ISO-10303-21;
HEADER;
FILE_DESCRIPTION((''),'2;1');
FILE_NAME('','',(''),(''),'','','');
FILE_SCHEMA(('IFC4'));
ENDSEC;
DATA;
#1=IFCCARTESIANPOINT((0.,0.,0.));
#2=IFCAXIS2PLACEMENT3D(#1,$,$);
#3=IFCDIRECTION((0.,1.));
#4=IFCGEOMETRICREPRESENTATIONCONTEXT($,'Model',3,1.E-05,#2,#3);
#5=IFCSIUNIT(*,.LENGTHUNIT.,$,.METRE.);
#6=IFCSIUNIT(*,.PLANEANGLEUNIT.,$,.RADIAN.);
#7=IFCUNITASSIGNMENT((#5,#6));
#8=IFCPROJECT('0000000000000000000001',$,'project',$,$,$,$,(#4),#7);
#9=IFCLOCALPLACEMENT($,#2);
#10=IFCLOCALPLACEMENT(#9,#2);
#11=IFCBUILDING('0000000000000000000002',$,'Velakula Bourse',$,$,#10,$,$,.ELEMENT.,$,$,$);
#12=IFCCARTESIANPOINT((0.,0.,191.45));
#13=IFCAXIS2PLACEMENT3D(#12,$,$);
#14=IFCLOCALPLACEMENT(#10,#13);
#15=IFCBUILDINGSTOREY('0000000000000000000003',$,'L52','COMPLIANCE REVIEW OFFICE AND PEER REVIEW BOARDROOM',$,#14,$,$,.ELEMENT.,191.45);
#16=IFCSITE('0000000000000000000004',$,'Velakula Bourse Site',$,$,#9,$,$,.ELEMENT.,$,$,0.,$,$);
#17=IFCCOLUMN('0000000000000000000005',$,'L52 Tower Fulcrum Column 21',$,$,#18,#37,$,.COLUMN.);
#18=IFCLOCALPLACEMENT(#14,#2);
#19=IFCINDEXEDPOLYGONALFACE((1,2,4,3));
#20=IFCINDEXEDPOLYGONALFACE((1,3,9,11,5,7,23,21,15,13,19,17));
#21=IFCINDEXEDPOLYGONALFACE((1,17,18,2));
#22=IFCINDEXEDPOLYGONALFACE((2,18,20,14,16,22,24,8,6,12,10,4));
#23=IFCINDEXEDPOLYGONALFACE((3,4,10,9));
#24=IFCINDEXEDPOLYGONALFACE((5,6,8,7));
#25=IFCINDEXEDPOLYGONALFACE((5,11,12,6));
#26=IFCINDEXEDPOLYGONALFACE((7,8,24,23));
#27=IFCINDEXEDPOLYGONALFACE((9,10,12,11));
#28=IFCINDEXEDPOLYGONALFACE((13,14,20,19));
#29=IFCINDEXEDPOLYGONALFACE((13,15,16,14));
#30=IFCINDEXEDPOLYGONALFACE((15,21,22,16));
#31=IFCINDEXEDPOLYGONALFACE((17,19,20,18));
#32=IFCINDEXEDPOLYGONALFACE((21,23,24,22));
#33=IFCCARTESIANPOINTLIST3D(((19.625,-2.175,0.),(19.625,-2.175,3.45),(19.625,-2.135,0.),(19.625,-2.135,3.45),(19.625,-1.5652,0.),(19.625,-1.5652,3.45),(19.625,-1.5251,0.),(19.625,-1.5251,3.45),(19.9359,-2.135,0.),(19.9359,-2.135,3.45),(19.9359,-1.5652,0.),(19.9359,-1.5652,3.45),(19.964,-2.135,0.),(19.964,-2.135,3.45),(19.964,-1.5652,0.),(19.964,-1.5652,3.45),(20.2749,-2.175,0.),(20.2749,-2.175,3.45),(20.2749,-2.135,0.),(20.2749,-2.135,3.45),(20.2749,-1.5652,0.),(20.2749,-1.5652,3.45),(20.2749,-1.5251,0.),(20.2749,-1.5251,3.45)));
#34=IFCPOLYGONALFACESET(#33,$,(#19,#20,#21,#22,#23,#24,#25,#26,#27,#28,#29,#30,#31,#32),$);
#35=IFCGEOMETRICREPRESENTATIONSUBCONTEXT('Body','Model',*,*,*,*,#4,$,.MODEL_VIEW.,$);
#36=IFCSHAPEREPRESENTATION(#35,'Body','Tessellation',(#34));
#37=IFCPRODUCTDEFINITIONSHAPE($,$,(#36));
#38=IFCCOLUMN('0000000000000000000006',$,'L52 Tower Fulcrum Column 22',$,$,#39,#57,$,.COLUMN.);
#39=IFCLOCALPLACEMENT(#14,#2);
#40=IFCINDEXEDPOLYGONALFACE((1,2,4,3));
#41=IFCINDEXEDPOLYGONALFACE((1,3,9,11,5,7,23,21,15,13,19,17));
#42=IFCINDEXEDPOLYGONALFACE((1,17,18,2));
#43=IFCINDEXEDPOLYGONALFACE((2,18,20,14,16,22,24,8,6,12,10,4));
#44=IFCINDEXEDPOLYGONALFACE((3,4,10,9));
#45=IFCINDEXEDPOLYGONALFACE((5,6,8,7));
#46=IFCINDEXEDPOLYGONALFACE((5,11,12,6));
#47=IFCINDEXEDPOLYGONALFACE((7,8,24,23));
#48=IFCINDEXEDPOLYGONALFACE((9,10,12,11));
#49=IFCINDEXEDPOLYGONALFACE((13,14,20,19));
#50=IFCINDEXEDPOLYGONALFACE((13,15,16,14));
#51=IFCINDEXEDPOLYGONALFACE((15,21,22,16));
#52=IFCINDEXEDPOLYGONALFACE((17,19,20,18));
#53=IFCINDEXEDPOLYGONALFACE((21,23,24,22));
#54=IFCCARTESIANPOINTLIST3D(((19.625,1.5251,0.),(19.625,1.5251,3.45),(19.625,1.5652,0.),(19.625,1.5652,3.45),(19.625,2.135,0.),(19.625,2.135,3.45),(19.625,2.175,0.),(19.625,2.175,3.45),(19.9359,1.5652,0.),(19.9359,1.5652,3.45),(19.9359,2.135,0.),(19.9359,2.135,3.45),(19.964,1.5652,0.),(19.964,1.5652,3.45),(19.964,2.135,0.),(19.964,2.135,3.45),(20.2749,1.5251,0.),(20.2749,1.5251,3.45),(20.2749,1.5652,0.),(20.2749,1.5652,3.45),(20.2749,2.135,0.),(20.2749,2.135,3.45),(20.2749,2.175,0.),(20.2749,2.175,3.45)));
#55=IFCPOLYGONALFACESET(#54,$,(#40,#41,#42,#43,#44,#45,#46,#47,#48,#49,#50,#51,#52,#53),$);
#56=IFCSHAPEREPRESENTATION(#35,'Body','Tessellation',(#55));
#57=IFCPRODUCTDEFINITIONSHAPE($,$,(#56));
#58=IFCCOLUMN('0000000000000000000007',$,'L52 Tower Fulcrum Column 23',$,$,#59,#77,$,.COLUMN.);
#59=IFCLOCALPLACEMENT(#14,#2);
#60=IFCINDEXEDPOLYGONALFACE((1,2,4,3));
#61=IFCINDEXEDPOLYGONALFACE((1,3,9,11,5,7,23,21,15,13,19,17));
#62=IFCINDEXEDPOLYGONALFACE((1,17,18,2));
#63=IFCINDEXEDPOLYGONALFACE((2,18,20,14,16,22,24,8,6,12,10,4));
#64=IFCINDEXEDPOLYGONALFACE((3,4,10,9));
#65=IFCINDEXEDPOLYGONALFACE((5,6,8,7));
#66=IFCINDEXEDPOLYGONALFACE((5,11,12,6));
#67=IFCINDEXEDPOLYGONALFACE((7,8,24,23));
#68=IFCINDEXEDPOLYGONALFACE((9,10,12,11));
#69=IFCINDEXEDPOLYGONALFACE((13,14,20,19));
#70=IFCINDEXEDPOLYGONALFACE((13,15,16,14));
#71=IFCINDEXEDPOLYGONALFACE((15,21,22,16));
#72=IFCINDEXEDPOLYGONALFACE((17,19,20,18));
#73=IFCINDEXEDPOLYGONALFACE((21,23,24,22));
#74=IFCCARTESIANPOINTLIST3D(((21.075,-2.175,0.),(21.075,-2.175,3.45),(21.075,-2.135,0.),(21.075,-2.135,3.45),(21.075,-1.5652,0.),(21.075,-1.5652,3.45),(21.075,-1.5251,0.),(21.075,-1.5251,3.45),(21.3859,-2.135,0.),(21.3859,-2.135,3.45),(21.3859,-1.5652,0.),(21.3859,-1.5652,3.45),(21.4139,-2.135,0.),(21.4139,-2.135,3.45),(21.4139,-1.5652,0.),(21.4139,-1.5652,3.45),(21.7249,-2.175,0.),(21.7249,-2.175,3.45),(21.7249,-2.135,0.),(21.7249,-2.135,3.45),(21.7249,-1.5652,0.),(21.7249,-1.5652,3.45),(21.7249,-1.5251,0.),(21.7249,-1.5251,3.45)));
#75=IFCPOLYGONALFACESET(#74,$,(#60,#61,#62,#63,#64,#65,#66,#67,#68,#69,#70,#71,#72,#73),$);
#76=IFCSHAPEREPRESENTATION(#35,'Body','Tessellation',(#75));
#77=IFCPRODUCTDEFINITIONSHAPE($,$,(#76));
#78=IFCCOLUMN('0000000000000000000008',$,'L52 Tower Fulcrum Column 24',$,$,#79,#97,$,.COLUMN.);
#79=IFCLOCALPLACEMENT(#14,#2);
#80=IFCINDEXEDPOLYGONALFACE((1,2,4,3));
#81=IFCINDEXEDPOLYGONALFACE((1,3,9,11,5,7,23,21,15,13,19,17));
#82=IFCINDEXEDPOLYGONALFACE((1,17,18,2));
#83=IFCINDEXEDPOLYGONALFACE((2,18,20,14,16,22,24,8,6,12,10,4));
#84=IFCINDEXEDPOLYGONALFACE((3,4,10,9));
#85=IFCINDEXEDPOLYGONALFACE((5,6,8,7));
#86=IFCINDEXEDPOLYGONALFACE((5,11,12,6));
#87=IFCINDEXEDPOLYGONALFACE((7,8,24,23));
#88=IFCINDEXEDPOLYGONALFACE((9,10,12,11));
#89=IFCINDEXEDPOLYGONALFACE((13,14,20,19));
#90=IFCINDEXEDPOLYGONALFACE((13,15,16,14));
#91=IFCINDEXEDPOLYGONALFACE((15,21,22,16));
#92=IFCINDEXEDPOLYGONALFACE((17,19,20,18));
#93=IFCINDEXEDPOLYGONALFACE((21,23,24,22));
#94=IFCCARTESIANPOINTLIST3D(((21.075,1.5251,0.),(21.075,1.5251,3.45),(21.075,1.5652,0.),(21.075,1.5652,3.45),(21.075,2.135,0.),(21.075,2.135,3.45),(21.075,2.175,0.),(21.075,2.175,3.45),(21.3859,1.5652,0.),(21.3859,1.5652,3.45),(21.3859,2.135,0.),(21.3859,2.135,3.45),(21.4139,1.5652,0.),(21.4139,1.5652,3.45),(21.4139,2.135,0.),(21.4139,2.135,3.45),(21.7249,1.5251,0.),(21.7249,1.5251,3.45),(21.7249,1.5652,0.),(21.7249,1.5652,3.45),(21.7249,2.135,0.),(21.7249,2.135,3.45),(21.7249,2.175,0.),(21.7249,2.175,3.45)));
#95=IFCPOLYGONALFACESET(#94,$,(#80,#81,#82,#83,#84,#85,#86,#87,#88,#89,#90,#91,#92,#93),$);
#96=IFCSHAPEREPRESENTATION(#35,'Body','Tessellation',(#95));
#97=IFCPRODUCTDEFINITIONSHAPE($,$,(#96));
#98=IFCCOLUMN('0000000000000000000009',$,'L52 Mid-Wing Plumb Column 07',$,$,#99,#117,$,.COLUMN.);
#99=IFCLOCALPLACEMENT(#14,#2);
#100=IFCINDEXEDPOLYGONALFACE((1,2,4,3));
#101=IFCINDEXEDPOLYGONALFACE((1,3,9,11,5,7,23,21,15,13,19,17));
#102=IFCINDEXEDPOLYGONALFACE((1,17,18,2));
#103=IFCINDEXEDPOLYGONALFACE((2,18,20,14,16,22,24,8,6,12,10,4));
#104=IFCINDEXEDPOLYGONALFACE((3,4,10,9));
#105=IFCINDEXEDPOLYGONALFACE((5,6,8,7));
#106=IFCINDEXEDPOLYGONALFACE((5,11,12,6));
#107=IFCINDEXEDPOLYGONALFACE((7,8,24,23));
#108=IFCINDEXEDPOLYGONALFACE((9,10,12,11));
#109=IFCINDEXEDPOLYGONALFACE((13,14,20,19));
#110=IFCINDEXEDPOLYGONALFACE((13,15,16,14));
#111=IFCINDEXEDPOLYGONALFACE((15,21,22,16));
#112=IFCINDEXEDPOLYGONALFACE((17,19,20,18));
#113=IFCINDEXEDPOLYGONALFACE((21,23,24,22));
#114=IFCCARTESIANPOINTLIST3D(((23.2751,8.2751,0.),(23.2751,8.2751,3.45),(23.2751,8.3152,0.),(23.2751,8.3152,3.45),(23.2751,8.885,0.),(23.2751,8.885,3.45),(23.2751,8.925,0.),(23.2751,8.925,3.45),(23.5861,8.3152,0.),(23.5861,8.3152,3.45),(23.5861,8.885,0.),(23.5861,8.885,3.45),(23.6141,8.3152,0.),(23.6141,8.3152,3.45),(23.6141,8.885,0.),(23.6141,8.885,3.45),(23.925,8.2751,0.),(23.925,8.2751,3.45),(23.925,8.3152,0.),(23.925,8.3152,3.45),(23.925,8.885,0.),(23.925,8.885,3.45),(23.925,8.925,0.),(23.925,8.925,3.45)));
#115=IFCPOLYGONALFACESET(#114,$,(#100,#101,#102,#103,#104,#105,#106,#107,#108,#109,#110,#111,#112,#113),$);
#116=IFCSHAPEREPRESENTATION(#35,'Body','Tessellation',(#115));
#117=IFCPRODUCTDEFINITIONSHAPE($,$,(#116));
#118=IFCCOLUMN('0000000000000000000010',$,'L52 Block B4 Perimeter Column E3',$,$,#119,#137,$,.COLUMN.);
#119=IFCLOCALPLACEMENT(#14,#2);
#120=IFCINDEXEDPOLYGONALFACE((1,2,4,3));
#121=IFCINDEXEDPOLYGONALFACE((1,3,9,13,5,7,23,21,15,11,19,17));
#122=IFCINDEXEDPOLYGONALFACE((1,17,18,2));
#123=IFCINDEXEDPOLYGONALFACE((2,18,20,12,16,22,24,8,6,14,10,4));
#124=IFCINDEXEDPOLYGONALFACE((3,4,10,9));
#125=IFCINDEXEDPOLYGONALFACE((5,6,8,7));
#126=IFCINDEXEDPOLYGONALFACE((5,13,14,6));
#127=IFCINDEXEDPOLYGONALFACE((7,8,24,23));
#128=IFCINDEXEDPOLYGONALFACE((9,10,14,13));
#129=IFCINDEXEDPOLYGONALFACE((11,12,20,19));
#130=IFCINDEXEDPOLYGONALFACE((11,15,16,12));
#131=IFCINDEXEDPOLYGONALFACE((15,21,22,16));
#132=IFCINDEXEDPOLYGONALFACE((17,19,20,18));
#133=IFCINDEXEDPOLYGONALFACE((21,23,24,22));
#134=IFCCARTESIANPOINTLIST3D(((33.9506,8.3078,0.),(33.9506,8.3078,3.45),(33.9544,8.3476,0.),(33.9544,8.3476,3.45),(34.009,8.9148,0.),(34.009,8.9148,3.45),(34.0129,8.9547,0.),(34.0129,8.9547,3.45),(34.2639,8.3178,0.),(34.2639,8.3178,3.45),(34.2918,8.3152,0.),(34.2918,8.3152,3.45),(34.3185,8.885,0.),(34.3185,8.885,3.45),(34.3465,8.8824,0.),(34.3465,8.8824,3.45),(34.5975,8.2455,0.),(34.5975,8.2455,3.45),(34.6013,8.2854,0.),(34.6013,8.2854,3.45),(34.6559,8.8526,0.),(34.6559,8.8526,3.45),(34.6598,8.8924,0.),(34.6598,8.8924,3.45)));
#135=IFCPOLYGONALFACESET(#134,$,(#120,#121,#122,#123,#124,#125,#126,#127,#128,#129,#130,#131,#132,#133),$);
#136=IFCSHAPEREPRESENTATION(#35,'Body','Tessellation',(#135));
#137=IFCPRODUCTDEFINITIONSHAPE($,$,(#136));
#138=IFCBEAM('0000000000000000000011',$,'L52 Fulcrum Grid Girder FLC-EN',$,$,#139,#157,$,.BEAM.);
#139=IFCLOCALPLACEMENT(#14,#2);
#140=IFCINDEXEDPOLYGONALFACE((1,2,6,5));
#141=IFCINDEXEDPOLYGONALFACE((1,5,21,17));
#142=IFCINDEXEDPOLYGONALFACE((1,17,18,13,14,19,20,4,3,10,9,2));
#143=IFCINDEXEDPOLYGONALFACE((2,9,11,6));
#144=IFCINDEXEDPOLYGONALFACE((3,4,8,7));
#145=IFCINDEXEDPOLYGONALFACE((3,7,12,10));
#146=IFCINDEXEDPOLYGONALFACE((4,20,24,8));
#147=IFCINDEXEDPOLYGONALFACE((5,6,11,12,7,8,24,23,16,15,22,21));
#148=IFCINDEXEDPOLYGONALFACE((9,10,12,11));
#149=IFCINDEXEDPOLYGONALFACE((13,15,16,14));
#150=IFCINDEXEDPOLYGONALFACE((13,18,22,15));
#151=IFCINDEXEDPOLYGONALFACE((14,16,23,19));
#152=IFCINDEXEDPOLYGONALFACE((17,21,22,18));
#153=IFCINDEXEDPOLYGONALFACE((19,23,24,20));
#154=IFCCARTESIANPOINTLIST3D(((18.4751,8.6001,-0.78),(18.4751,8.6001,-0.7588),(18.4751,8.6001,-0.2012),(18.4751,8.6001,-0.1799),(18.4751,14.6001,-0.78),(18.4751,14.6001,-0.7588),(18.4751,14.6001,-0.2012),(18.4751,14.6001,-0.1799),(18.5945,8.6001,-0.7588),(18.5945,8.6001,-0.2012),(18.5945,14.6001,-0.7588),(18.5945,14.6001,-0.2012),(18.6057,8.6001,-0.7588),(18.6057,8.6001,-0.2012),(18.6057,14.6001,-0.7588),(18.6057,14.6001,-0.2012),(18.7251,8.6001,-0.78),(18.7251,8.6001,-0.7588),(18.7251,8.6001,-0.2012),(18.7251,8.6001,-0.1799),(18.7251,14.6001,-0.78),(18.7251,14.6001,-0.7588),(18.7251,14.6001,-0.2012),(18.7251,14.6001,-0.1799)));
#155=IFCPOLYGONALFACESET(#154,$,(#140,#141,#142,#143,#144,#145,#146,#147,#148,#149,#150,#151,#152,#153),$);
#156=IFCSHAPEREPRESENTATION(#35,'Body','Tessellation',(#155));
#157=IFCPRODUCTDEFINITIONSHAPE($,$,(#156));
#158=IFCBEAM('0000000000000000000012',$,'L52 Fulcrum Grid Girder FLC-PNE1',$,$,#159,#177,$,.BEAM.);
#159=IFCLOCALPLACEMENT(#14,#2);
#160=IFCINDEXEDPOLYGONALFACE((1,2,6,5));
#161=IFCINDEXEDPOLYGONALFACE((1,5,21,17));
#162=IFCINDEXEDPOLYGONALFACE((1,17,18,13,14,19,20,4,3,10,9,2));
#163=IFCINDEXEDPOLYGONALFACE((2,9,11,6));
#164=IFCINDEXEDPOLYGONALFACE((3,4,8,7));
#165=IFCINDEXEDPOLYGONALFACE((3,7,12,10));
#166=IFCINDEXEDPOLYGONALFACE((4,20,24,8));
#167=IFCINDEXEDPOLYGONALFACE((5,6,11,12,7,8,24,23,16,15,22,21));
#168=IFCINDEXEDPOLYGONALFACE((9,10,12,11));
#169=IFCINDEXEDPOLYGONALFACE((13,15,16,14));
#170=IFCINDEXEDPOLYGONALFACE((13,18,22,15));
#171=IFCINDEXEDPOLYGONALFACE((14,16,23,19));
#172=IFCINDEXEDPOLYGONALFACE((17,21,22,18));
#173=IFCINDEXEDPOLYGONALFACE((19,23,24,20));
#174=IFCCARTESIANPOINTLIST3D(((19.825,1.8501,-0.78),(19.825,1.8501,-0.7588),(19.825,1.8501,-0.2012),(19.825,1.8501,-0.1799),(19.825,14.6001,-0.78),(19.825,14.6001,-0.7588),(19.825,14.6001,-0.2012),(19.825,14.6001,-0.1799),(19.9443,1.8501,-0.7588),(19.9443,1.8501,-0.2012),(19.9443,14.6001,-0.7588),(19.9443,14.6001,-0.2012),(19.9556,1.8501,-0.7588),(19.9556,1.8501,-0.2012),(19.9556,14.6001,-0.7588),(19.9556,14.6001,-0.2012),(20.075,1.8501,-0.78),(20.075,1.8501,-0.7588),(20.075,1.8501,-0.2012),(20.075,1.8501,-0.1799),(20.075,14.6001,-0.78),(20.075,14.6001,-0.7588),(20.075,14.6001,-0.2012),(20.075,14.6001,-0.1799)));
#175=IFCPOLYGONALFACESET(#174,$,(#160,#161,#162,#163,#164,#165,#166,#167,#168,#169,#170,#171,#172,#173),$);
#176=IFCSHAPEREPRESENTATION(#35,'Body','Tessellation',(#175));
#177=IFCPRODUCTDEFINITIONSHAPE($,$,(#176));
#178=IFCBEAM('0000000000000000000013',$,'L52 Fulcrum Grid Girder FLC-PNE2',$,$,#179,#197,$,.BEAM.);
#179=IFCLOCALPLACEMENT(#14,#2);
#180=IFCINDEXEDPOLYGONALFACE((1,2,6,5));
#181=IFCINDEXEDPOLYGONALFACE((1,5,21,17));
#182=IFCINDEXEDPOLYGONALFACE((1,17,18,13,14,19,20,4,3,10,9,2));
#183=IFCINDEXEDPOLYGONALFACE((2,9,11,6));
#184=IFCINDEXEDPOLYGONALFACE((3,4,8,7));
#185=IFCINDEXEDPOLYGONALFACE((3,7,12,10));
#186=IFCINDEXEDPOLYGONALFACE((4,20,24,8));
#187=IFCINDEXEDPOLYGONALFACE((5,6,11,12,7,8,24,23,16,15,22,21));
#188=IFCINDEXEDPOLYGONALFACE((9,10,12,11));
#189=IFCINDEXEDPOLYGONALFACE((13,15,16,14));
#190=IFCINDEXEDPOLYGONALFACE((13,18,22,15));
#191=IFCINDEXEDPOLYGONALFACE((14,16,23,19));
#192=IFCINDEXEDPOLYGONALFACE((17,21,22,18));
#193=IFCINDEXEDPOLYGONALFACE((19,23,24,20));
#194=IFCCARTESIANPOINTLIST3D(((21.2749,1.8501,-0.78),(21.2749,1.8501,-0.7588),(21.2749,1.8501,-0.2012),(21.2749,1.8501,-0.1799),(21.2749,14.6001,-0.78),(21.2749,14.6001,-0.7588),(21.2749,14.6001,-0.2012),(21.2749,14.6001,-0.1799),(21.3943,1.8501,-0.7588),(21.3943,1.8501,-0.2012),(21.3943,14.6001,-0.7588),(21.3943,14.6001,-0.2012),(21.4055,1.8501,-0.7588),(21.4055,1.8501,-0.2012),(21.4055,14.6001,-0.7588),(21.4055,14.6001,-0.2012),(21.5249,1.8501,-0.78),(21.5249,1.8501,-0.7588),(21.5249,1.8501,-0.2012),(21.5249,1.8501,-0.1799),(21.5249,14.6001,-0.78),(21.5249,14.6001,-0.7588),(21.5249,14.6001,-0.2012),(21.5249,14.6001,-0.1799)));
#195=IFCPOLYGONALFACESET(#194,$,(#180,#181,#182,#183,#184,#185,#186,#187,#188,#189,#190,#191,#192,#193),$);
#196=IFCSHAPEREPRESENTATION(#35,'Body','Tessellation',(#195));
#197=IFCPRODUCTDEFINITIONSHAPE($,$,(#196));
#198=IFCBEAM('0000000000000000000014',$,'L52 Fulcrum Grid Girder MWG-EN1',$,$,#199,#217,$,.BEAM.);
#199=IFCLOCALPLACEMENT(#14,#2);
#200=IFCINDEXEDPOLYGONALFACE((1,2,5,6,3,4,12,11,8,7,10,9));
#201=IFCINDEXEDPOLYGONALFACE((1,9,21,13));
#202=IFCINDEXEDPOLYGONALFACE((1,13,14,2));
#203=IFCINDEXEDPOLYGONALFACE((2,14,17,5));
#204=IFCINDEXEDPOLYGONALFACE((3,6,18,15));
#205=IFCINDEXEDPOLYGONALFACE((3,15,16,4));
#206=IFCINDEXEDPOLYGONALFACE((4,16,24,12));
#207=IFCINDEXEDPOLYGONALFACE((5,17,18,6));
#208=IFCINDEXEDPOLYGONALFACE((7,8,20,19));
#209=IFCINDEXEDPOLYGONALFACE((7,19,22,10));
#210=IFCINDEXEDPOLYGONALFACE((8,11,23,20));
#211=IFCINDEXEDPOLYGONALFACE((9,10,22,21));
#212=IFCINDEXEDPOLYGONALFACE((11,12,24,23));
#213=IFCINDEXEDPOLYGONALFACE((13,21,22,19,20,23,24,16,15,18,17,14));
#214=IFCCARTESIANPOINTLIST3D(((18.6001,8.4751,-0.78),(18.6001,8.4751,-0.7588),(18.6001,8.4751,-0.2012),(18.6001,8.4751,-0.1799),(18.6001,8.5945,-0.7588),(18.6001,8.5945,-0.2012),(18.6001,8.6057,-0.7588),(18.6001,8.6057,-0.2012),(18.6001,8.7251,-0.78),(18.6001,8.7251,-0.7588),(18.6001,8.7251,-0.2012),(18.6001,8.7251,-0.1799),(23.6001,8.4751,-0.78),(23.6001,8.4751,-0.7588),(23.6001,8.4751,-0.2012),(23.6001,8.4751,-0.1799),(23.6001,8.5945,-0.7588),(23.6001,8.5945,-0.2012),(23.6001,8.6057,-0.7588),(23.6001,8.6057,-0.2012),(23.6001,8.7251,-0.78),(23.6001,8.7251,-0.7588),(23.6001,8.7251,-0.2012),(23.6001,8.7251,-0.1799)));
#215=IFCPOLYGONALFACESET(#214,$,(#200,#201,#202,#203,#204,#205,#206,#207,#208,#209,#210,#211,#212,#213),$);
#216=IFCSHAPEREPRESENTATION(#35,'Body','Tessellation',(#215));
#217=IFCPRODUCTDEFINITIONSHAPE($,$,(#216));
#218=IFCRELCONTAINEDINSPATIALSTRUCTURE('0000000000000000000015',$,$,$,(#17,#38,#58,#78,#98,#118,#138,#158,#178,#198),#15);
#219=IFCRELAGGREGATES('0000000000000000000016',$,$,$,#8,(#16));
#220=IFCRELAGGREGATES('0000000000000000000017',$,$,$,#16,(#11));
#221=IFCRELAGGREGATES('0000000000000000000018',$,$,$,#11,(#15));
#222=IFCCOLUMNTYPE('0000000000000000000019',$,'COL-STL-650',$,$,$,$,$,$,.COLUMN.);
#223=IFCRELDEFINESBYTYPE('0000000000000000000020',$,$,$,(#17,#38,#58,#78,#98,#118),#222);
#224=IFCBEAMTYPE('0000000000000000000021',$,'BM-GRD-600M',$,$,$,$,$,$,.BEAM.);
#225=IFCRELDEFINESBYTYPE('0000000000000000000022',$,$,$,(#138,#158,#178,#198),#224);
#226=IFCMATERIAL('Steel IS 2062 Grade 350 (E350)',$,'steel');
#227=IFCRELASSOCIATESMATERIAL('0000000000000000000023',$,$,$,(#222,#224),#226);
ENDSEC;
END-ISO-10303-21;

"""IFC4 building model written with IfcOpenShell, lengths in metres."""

from ifc_helpers import new_model, si_unit, direction, frame, origin, origin_2d, place, context, subcontext, project, spatial, i_section, extrude, material, material_profile, profile_set, type_object, element, save


model = new_model("IFC4")

# Units and contexts
model_context = context("Model", 3, precision=1e-05, world=origin(), true_north=direction((0.0, 1.0)))
body_context = subcontext(model_context, "Body", "Model", "MODEL_VIEW")
ifc_project = project(units=[si_unit("LENGTHUNIT", "METRE"), si_unit("PLANEANGLEUNIT", "RADIAN")], contexts=[model_context])

# Site, building, storey
site_placement = place(None, origin())
site = spatial("IfcSite", under=ifc_project, at=site_placement, Name="Velakula Bourse Site", CompositionType="ELEMENT", RefElevation=0.0)
building_placement = place(site_placement, origin())
building = spatial("IfcBuilding", under=site, at=building_placement, Name="Velakula Bourse", CompositionType="ELEMENT")
storey_placement = place(building_placement, frame((0.0, 0.0, 191.45)))
storey = spatial("IfcBuildingStorey", under=building, at=storey_placement, Name="L52", Description="COMPLIANCE REVIEW OFFICE AND PEER REVIEW BOARDROOM", CompositionType="ELEMENT", Elevation=191.45)

# Columns
ifc_material_1 = material(Name="Steel IS 2062 Grade 350 (E350)", Category="steel")
ifc_material_profile_1 = material_profile(ifc_material_1, i_section(OverallWidth=0.6499, OverallDepth=0.6499, WebThickness=0.0281, FlangeThickness=0.04, at=origin_2d()), Name="Steel IS 2062 Grade 350 (E350)")
ifc_profile_set_1 = profile_set([ifc_material_profile_1], Name="Steel IS 2062 Grade 350 (E350)")
column_type = type_object("IfcColumnType", Name="COL-STL-650", PredefinedType="COLUMN", material=ifc_profile_set_1)
for number, where, z_axis, x_axis, name in (
    (1, (19.95, -1.8501, 0.0), (0.0, 0.0, 1.0), (1.0, 0.0, 0.0), "L52 Tower Fulcrum Column 21"),
    (2, (19.95, 1.8501, 0.0), (0.0, 0.0, 1.0), (1.0, 0.0, 0.0), "L52 Tower Fulcrum Column 22"),
    (3, (21.3999, -1.8501, 0.0), (0.0, 0.0, 1.0), (1.0, 0.0, 0.0), "L52 Tower Fulcrum Column 23"),
    (4, (21.3999, 1.8501, 0.0), (0.0, 0.0, 1.0), (1.0, 0.0, 0.0), "L52 Tower Fulcrum Column 24"),
    (5, (23.6001, 8.6001, 0.0), (0.0, 0.0, 1.0), (1.0, 0.0, 0.0), "L52 Mid-Wing Plumb Column 07"),
    (6, (34.3052, 8.6001, 0.0), (0.0, 0.0, 1.0), (0.995396, -0.095846, 0.0), "L52 Block B4 Perimeter Column E3"),
):
    element("IfcColumn", number, at=place(storey_placement, frame(where, z_axis=z_axis, x_axis=x_axis)), inside=storey, type_object=column_type, Name=name, PredefinedType="COLUMN", context=body_context, shape_type="SweptSolid", body=[
        extrude(i_section(OverallWidth=0.6499, OverallDepth=0.6499, WebThickness=0.0281, FlangeThickness=0.04, at=origin_2d()), origin(), (0.0, 0.0, 1.0), 3.45),
    ])

# Beams
ifc_material_profile_2 = material_profile(ifc_material_1, i_section(OverallWidth=0.25, OverallDepth=0.6001, WebThickness=0.0112, FlangeThickness=0.0212, at=origin_2d()), Name="Steel IS 2062 Grade 350 (E350)")
ifc_profile_set_2 = profile_set([ifc_material_profile_2], Name="Steel IS 2062 Grade 350 (E350)")
beam_type_1 = type_object("IfcBeamType", Name="BM-GRD-600M", PredefinedType="BEAM", material=ifc_profile_set_2)
beam_1_placement = place(storey_placement, frame((18.6001, 8.6001, -0.48), z_axis=(0.0, 1.0, 0.0), x_axis=(-1.0, 0.0, 0.0)))
element("IfcBeam", 7, at=beam_1_placement, inside=storey, type_object=beam_type_1, Name="L52 Fulcrum Grid Girder FLC-EN", PredefinedType="BEAM", context=body_context, shape_type="SweptSolid", body=[
    extrude(i_section(OverallWidth=0.25, OverallDepth=0.6001, WebThickness=0.0112, FlangeThickness=0.0212, at=origin_2d()), origin(), (0.0, 0.0, 1.0), 6.0),
])
for number, where, z_axis, x_axis, name in (
    (8, (19.95, 1.8501, -0.48), (0.0, 1.0, 0.0), (-1.0, 0.0, 0.0), "L52 Fulcrum Grid Girder FLC-PNE1"),
    (9, (21.3999, 1.8501, -0.48), (0.0, 1.0, 0.0), (-1.0, 0.0, 0.0), "L52 Fulcrum Grid Girder FLC-PNE2"),
):
    element("IfcBeam", number, at=place(storey_placement, frame(where, z_axis=z_axis, x_axis=x_axis)), inside=storey, type_object=beam_type_1, Name=name, PredefinedType="BEAM", context=body_context, shape_type="SweptSolid", body=[
        extrude(i_section(OverallWidth=0.25, OverallDepth=0.6001, WebThickness=0.0112, FlangeThickness=0.0212, at=origin_2d()), origin(), (0.0, 0.0, 1.0), 12.75),
    ])
beam_2_placement = place(storey_placement, frame((18.6001, 8.6001, -0.48), z_axis=(1.0, 0.0, 0.0), x_axis=(0.0, 1.0, 0.0)))
element("IfcBeam", 10, at=beam_2_placement, inside=storey, type_object=beam_type_1, Name="L52 Fulcrum Grid Girder MWG-EN1", PredefinedType="BEAM", context=body_context, shape_type="SweptSolid", body=[
    extrude(i_section(OverallWidth=0.25, OverallDepth=0.6001, WebThickness=0.0112, FlangeThickness=0.0212, at=origin_2d()), origin(), (0.0, 0.0, 1.0), 5.0),
])

save(model, "model.ifc")
